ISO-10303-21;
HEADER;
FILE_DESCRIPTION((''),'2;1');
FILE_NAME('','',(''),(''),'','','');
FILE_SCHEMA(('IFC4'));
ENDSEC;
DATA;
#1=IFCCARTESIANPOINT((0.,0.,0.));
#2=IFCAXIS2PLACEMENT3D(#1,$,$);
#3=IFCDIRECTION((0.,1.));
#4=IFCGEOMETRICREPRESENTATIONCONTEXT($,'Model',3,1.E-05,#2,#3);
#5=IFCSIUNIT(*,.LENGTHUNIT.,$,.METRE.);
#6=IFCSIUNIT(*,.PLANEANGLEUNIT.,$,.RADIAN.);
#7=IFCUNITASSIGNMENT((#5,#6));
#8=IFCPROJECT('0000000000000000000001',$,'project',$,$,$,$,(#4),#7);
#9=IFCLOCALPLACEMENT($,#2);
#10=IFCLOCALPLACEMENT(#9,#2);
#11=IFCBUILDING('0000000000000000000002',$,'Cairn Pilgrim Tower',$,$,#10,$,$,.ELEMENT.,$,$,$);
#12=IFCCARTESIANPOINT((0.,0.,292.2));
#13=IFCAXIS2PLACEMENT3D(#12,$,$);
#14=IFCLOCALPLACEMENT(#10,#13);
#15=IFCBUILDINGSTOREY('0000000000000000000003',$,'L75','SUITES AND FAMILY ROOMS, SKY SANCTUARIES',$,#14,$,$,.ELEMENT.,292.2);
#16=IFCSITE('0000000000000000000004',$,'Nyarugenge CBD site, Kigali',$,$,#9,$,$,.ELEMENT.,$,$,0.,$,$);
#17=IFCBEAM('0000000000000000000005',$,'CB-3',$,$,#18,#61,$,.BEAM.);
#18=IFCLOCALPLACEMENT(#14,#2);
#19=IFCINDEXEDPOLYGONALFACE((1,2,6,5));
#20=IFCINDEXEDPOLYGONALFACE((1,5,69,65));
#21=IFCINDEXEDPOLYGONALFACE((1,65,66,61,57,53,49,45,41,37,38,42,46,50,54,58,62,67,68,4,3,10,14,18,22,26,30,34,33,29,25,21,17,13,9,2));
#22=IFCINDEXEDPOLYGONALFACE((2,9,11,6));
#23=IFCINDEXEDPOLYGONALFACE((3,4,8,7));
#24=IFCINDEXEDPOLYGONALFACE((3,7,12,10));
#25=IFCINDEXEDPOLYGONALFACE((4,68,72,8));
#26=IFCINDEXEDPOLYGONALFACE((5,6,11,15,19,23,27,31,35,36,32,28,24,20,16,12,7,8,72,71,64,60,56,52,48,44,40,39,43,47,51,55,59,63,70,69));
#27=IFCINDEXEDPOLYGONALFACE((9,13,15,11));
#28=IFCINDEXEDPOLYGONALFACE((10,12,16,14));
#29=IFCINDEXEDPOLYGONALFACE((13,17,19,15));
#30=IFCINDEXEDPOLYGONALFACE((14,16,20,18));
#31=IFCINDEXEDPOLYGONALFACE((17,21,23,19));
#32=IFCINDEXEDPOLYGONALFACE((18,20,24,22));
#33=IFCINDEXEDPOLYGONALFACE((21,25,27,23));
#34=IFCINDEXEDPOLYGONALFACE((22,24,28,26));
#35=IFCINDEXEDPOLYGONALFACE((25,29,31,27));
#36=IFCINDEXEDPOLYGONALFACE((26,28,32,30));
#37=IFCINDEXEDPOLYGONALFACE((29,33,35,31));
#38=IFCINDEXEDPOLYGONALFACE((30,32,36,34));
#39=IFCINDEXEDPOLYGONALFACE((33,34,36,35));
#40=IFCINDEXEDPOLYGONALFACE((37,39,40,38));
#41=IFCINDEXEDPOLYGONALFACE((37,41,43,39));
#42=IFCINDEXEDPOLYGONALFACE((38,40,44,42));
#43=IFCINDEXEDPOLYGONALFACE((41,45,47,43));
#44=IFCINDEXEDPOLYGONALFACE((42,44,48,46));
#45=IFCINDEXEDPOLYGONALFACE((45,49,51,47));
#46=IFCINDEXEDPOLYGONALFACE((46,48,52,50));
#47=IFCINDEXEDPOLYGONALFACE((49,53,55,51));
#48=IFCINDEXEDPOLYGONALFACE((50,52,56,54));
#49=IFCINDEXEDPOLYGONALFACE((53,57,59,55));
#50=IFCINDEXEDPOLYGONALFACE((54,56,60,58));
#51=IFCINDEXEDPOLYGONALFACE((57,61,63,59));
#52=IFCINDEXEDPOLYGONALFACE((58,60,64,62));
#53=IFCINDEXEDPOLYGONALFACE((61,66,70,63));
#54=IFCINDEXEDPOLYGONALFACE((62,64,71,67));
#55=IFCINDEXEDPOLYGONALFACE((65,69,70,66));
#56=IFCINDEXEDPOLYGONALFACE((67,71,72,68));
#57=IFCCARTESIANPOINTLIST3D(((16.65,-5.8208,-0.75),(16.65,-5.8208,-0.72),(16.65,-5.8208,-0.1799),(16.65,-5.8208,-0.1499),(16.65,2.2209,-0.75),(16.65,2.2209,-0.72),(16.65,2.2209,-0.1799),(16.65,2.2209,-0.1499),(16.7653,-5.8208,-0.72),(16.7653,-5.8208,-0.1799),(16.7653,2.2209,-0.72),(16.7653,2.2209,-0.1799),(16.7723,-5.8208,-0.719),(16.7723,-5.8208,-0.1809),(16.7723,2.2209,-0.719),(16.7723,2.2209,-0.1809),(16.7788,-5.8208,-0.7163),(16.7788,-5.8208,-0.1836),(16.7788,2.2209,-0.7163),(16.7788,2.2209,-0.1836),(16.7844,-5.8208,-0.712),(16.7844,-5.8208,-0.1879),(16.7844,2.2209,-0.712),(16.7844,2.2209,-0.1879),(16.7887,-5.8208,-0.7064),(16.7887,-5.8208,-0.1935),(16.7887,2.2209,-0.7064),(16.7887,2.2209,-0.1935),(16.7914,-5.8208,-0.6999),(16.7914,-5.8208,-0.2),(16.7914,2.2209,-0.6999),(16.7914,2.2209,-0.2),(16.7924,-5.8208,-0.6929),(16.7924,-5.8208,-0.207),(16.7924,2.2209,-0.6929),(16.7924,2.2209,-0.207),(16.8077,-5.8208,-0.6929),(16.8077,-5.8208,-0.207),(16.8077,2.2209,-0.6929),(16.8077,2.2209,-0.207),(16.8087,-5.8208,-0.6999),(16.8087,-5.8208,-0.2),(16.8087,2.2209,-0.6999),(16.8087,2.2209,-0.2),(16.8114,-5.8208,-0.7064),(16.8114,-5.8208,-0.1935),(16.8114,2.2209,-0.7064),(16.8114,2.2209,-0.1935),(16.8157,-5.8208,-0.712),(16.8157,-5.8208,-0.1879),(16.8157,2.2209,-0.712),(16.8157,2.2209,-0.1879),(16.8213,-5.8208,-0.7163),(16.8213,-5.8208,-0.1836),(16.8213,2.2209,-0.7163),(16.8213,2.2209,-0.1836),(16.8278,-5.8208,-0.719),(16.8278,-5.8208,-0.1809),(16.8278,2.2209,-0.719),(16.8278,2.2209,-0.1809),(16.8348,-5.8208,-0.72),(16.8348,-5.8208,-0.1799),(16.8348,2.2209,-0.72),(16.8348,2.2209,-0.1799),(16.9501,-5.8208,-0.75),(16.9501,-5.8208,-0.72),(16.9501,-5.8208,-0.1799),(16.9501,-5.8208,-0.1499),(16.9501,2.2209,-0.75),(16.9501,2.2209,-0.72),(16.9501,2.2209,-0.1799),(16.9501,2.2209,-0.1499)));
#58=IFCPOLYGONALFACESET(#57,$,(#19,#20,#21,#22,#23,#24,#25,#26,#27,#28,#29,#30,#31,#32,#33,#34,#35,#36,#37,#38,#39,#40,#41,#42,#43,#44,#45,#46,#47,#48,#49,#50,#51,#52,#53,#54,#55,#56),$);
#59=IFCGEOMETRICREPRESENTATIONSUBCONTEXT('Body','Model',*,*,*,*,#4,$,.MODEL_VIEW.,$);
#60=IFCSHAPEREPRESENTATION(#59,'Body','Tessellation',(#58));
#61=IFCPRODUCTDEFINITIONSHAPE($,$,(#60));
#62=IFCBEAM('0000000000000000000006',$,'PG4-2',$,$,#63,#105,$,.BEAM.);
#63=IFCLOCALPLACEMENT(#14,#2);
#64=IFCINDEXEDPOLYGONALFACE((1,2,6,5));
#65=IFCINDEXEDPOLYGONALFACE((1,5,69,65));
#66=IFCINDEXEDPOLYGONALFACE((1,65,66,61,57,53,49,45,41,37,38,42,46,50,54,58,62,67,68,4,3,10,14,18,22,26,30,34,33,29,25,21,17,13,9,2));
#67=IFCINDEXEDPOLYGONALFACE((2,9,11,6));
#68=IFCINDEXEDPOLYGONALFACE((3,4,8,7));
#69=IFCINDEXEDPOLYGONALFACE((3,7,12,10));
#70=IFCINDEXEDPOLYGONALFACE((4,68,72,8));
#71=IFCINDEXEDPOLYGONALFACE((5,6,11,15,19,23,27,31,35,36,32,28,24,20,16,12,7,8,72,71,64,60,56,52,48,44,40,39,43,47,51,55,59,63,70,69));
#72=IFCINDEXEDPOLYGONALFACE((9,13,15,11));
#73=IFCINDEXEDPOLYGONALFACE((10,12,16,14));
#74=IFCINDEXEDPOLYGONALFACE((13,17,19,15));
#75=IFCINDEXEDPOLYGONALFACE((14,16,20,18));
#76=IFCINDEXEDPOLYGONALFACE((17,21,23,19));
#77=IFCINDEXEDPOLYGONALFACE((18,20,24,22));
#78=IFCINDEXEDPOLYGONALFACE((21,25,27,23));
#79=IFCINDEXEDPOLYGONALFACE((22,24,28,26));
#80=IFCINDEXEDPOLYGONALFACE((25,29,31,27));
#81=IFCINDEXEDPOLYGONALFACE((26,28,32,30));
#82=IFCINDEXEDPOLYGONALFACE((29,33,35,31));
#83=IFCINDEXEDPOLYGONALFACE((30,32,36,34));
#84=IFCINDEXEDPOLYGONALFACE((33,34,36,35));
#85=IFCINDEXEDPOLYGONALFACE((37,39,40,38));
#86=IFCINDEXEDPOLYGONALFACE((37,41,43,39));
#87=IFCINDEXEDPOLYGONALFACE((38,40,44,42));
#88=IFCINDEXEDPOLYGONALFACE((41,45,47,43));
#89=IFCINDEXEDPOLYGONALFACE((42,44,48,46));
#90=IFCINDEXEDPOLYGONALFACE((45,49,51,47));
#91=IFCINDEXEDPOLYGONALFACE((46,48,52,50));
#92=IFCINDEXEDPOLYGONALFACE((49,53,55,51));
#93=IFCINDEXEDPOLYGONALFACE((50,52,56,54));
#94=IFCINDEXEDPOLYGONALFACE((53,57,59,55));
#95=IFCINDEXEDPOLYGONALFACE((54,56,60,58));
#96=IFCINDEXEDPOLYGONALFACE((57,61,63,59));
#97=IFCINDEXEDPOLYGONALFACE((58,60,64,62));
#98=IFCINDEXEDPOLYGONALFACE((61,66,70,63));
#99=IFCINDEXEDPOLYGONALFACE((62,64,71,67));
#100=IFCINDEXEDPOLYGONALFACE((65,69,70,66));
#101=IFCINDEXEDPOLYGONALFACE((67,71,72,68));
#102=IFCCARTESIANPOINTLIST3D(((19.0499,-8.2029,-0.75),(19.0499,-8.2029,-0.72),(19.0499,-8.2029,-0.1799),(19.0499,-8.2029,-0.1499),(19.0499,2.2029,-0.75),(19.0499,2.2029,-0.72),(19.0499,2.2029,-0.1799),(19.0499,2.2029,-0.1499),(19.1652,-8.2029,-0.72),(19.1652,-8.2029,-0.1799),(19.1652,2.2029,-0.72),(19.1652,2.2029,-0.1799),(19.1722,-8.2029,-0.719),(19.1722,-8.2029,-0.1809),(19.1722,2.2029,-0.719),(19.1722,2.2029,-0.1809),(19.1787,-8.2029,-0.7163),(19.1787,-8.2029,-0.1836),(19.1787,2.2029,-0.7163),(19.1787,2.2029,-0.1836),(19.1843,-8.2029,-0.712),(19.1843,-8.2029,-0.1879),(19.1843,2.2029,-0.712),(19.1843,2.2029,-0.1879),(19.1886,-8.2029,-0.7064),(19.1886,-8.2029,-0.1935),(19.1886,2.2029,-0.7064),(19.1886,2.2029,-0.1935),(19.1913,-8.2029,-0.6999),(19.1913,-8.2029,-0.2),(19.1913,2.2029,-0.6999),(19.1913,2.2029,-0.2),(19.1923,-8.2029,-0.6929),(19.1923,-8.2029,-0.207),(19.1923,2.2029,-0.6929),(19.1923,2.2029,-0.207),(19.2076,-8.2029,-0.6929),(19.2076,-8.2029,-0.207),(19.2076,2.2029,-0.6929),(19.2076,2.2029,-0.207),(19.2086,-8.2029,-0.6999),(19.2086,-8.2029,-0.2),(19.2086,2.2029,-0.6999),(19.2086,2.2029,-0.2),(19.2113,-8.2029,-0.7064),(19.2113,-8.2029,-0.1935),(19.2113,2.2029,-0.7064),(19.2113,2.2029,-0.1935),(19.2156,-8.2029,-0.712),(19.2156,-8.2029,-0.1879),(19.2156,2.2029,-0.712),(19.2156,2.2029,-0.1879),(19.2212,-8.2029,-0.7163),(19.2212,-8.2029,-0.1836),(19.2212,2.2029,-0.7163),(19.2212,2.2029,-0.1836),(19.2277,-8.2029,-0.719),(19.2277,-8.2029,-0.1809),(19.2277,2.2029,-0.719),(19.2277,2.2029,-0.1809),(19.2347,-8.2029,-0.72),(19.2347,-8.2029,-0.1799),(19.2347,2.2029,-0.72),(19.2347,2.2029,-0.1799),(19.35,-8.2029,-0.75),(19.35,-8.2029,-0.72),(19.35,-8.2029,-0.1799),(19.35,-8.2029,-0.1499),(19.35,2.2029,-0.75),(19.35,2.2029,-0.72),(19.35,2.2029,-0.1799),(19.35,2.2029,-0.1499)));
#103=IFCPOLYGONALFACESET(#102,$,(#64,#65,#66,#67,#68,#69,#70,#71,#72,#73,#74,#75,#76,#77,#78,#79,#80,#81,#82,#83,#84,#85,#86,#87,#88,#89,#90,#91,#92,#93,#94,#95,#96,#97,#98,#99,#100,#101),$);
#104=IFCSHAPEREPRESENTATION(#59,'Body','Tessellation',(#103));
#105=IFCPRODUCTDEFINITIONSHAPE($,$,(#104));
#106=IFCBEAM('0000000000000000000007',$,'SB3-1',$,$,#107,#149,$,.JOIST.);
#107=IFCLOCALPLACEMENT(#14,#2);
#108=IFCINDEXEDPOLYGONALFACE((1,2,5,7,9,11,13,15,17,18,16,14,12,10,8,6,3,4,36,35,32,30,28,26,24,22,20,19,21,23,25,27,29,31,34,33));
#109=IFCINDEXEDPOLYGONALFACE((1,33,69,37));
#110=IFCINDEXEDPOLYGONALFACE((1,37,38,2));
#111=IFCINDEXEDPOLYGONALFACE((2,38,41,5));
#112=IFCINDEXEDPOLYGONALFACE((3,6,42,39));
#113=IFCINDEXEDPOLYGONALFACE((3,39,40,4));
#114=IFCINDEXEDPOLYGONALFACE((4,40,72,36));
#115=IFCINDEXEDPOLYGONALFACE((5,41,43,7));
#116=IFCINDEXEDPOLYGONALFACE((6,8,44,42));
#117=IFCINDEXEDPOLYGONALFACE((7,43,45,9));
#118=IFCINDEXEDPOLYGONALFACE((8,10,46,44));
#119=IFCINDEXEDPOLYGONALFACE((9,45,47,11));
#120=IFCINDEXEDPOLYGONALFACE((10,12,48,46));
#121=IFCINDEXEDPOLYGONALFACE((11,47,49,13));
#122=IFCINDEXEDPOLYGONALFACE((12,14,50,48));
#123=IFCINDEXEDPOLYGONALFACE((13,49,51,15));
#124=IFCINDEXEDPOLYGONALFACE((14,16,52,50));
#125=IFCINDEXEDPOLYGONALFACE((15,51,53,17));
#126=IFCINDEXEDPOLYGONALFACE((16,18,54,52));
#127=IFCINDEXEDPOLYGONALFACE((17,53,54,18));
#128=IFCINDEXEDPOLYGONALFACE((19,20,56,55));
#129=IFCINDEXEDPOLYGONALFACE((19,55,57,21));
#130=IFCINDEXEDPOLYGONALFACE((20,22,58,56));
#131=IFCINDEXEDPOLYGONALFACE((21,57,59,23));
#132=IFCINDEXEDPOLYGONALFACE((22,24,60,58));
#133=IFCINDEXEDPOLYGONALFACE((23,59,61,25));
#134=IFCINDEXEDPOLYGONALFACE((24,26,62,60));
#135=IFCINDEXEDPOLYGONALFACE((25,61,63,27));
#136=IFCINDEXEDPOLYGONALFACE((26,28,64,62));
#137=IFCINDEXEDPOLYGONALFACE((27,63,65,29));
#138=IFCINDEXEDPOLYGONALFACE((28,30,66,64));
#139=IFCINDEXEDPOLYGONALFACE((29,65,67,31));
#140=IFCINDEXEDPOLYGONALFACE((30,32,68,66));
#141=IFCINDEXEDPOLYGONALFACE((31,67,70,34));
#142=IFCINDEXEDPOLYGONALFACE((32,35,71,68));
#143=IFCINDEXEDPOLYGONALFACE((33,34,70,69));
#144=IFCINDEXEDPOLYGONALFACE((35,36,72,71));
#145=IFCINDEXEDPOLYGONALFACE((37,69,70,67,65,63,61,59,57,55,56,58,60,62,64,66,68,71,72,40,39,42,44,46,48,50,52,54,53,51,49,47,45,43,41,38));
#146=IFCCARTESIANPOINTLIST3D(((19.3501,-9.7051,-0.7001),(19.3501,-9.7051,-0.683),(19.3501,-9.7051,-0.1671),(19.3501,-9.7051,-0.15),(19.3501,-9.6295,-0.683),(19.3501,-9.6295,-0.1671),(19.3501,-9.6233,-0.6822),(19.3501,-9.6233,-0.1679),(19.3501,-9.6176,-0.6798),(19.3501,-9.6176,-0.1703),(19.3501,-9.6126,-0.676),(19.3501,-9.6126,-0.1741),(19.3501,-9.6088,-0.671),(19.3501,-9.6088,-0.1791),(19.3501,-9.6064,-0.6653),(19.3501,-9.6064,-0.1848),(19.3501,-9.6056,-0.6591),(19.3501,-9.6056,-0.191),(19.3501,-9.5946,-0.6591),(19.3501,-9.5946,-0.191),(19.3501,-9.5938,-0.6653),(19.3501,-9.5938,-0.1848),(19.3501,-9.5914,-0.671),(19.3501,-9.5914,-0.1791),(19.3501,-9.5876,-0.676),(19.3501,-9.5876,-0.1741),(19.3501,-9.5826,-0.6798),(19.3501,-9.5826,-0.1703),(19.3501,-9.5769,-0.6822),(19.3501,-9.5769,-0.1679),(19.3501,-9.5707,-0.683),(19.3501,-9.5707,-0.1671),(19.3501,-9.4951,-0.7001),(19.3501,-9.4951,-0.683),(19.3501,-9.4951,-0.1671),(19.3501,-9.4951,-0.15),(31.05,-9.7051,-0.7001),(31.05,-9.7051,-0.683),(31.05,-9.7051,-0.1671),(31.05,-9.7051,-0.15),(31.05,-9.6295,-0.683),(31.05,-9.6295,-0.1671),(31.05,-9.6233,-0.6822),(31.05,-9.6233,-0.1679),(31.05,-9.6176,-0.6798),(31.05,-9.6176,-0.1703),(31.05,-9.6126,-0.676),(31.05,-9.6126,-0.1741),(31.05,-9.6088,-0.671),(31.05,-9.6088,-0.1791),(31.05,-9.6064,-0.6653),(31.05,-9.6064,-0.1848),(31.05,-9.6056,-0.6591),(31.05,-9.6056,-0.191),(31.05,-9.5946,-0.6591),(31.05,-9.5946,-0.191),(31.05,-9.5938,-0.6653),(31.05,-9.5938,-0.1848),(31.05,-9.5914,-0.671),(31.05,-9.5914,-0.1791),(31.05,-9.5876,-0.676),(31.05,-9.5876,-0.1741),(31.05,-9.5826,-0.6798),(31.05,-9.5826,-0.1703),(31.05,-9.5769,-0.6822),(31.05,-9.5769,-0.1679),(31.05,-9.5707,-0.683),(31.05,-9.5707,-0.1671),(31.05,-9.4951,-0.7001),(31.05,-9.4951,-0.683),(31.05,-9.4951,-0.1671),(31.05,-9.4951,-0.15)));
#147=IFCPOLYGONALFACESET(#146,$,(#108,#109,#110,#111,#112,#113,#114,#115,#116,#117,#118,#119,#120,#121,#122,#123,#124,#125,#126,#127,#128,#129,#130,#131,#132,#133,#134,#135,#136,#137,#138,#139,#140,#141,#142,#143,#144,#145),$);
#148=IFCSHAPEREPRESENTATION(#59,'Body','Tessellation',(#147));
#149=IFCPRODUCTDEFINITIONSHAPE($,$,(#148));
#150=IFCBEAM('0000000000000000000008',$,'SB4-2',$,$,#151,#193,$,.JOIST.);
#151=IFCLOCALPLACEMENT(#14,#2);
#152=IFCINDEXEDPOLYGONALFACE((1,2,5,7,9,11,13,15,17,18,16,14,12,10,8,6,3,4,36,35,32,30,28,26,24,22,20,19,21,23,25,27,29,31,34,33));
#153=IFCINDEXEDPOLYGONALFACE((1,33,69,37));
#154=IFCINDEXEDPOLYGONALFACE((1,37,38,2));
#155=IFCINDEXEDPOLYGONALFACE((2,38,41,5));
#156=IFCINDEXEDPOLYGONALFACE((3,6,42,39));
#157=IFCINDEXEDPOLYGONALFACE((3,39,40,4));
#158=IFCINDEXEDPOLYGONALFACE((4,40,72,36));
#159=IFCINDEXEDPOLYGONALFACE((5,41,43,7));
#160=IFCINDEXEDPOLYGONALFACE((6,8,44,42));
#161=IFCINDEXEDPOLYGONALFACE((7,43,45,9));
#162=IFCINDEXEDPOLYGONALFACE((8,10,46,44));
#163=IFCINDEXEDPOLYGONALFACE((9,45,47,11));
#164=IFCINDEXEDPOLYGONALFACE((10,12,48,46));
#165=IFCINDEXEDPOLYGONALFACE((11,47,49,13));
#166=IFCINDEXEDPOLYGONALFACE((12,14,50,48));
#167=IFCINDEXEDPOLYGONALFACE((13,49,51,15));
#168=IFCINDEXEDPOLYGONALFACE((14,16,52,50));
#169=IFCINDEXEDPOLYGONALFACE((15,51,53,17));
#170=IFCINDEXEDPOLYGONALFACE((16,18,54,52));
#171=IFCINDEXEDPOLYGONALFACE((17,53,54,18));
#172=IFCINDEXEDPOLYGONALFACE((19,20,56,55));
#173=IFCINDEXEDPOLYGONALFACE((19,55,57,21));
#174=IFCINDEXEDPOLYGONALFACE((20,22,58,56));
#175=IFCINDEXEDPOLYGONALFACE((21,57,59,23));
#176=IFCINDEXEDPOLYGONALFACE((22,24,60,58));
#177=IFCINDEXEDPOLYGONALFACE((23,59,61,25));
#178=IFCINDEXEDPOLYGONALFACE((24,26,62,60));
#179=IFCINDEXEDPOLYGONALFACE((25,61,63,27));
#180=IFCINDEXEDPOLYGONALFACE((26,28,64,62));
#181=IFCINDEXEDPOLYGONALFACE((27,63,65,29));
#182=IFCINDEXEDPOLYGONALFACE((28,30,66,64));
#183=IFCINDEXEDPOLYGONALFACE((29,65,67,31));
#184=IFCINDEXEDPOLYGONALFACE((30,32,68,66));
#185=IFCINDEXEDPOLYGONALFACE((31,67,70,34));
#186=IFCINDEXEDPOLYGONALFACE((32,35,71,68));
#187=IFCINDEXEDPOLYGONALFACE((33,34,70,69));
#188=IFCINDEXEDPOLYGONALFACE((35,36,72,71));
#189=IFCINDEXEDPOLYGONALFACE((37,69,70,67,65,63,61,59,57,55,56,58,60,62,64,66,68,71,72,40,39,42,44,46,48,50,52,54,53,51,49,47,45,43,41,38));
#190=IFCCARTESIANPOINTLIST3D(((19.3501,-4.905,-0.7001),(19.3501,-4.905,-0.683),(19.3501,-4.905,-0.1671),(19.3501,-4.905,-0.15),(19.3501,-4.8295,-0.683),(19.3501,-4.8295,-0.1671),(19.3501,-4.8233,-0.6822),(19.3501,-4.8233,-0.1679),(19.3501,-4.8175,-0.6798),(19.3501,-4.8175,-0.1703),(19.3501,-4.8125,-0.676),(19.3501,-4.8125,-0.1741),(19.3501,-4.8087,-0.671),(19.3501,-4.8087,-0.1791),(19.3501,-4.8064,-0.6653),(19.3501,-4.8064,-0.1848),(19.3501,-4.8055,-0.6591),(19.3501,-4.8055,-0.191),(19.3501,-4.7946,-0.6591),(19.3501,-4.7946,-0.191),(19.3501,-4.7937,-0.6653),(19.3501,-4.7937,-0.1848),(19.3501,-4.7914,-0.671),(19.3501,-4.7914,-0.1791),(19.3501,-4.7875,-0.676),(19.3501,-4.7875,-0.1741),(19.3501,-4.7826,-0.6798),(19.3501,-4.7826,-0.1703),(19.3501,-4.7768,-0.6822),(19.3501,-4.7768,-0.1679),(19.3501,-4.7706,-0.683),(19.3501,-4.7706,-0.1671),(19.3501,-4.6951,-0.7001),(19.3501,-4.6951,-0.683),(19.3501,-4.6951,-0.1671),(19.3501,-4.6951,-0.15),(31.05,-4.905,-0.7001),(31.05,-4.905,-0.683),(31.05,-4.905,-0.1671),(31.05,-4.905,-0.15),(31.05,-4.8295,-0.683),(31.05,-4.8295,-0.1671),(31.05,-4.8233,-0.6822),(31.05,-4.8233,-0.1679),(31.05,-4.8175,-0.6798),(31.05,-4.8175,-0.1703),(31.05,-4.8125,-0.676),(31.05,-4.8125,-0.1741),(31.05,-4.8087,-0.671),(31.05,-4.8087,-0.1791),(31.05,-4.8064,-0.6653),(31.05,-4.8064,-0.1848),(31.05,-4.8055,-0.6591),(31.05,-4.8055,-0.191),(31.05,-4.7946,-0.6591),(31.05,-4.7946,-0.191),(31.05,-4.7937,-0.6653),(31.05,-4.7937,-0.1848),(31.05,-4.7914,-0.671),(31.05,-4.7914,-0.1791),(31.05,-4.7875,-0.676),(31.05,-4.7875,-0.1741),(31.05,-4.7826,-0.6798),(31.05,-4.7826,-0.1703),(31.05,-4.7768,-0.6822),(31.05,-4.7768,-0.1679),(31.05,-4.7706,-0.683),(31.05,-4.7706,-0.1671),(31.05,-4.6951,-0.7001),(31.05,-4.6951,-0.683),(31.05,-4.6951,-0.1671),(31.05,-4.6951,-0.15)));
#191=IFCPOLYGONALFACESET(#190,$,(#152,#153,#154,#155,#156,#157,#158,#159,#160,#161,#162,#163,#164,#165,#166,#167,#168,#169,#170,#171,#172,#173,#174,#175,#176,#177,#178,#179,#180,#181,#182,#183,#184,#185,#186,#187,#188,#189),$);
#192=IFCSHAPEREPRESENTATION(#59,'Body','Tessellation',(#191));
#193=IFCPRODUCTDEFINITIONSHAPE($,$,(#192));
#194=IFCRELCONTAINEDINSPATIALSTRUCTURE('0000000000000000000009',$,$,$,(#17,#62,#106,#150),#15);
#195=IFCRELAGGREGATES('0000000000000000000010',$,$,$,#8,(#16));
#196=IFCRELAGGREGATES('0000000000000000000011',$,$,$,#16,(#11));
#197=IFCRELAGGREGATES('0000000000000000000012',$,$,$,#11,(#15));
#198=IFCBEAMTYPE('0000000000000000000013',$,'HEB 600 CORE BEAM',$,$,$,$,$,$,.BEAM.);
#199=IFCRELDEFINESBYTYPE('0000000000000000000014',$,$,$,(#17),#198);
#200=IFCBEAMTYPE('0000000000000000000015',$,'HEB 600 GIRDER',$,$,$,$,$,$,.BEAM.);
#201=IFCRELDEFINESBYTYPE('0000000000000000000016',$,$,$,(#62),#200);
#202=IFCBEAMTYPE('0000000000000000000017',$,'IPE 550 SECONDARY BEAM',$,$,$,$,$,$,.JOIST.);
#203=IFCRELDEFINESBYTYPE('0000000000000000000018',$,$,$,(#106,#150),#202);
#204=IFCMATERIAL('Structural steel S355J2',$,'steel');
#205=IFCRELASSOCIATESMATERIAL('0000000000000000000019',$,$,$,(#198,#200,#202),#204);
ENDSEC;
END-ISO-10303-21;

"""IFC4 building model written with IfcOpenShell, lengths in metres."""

from ifc_helpers import new_model, si_unit, direction, frame, origin, origin_2d, place, context, subcontext, project, spatial, i_section, extrude, material, material_profile, profile_set, type_object, element, save


model = new_model("IFC4")

# Units and contexts
model_context = context("Model", 3, precision=1e-05, world=origin(), true_north=direction((0.0, 1.0)))
body_context = subcontext(model_context, "Body", "Model", "MODEL_VIEW")
ifc_project = project(units=[si_unit("LENGTHUNIT", "METRE"), si_unit("PLANEANGLEUNIT", "RADIAN")], contexts=[model_context])

# Site, building, storey
site_placement = place(None, origin())
site = spatial("IfcSite", under=ifc_project, at=site_placement, Name="Nyarugenge CBD site, Kigali", CompositionType="ELEMENT", RefElevation=0.0)
building_placement = place(site_placement, origin())
building = spatial("IfcBuilding", under=site, at=building_placement, Name="Cairn Pilgrim Tower", CompositionType="ELEMENT")
storey_placement = place(building_placement, frame((0.0, 0.0, 292.2)))
storey = spatial("IfcBuildingStorey", under=building, at=storey_placement, Name="L75", Description="SUITES AND FAMILY ROOMS, SKY SANCTUARIES", CompositionType="ELEMENT", Elevation=292.2)

# Shared definitions
ifc_material_1 = material(Name="Structural steel S355J2", Category="steel")

# Beams
ifc_material_profile_1 = material_profile(ifc_material_1, i_section(OverallWidth=0.3, OverallDepth=0.6001, WebThickness=0.0154, FlangeThickness=0.03, FilletRadius=0.0271, at=origin_2d()), Name="HEB 600")
ifc_profile_set_1 = profile_set([ifc_material_profile_1], Name="Structural steel S355J2")
beam_type_1 = type_object("IfcBeamType", Name="HEB 600 CORE BEAM", PredefinedType="BEAM", material=ifc_profile_set_1)
beam_1_placement = place(storey_placement, frame((16.8, -5.8208, -0.45), z_axis=(0.0, 1.0, 0.0), x_axis=(-1.0, 0.0, 0.0)))
element("IfcBeam", 1, at=beam_1_placement, inside=storey, type_object=beam_type_1, Name="CB-3", PredefinedType="BEAM", context=body_context, shape_type="SweptSolid", body=[
    extrude(i_section(OverallWidth=0.3, OverallDepth=0.6001, WebThickness=0.0154, FlangeThickness=0.03, FilletRadius=0.0271, at=origin_2d()), origin(), (0.0, 0.0, 1.0), 8.0417),
])
ifc_material_profile_2 = material_profile(ifc_material_1, i_section(OverallWidth=0.3, OverallDepth=0.6001, WebThickness=0.0154, FlangeThickness=0.03, FilletRadius=0.0271, at=origin_2d()), Name="HEB 600")
ifc_profile_set_2 = profile_set([ifc_material_profile_2], Name="Structural steel S355J2")
beam_type_2 = type_object("IfcBeamType", Name="HEB 600 GIRDER", PredefinedType="BEAM", material=ifc_profile_set_2)
beam_2_placement = place(storey_placement, frame((19.2, -8.2029, -0.45), z_axis=(0.0, 1.0, 0.0), x_axis=(-1.0, 0.0, 0.0)))
element("IfcBeam", 2, at=beam_2_placement, inside=storey, type_object=beam_type_2, Name="PG4-2", PredefinedType="BEAM", context=body_context, shape_type="SweptSolid", body=[
    extrude(i_section(OverallWidth=0.3, OverallDepth=0.6001, WebThickness=0.0154, FlangeThickness=0.03, FilletRadius=0.0271, at=origin_2d()), origin(), (0.0, 0.0, 1.0), 10.4058),
])
ifc_material_profile_3 = material_profile(ifc_material_1, i_section(OverallWidth=0.21, OverallDepth=0.55, WebThickness=0.011, FlangeThickness=0.0171, FilletRadius=0.0239, at=origin_2d()), Name="IPE 550")
ifc_profile_set_3 = profile_set([ifc_material_profile_3], Name="Structural steel S355J2")
beam_type_3 = type_object("IfcBeamType", Name="IPE 550 SECONDARY BEAM", PredefinedType="JOIST", material=ifc_profile_set_3)
for number, where, z_axis, x_axis, name in (
    (3, (19.3501, -9.6001, -0.425), (1.0, 0.0, 0.0), (0.0, 1.0, 0.0), "SB3-1"),
    (4, (19.3501, -4.8, -0.425), (1.0, 0.0, 0.0), (0.0, 1.0, 0.0), "SB4-2"),
):
    element("IfcBeam", number, at=place(storey_placement, frame(where, z_axis=z_axis, x_axis=x_axis)), inside=storey, type_object=beam_type_3, Name=name, PredefinedType="JOIST", context=body_context, shape_type="SweptSolid", body=[
        extrude(i_section(OverallWidth=0.21, OverallDepth=0.55, WebThickness=0.011, FlangeThickness=0.0171, FilletRadius=0.0239, at=origin_2d()), origin(), (0.0, 0.0, 1.0), 11.7),
    ])

save(model, "model.ifc")
